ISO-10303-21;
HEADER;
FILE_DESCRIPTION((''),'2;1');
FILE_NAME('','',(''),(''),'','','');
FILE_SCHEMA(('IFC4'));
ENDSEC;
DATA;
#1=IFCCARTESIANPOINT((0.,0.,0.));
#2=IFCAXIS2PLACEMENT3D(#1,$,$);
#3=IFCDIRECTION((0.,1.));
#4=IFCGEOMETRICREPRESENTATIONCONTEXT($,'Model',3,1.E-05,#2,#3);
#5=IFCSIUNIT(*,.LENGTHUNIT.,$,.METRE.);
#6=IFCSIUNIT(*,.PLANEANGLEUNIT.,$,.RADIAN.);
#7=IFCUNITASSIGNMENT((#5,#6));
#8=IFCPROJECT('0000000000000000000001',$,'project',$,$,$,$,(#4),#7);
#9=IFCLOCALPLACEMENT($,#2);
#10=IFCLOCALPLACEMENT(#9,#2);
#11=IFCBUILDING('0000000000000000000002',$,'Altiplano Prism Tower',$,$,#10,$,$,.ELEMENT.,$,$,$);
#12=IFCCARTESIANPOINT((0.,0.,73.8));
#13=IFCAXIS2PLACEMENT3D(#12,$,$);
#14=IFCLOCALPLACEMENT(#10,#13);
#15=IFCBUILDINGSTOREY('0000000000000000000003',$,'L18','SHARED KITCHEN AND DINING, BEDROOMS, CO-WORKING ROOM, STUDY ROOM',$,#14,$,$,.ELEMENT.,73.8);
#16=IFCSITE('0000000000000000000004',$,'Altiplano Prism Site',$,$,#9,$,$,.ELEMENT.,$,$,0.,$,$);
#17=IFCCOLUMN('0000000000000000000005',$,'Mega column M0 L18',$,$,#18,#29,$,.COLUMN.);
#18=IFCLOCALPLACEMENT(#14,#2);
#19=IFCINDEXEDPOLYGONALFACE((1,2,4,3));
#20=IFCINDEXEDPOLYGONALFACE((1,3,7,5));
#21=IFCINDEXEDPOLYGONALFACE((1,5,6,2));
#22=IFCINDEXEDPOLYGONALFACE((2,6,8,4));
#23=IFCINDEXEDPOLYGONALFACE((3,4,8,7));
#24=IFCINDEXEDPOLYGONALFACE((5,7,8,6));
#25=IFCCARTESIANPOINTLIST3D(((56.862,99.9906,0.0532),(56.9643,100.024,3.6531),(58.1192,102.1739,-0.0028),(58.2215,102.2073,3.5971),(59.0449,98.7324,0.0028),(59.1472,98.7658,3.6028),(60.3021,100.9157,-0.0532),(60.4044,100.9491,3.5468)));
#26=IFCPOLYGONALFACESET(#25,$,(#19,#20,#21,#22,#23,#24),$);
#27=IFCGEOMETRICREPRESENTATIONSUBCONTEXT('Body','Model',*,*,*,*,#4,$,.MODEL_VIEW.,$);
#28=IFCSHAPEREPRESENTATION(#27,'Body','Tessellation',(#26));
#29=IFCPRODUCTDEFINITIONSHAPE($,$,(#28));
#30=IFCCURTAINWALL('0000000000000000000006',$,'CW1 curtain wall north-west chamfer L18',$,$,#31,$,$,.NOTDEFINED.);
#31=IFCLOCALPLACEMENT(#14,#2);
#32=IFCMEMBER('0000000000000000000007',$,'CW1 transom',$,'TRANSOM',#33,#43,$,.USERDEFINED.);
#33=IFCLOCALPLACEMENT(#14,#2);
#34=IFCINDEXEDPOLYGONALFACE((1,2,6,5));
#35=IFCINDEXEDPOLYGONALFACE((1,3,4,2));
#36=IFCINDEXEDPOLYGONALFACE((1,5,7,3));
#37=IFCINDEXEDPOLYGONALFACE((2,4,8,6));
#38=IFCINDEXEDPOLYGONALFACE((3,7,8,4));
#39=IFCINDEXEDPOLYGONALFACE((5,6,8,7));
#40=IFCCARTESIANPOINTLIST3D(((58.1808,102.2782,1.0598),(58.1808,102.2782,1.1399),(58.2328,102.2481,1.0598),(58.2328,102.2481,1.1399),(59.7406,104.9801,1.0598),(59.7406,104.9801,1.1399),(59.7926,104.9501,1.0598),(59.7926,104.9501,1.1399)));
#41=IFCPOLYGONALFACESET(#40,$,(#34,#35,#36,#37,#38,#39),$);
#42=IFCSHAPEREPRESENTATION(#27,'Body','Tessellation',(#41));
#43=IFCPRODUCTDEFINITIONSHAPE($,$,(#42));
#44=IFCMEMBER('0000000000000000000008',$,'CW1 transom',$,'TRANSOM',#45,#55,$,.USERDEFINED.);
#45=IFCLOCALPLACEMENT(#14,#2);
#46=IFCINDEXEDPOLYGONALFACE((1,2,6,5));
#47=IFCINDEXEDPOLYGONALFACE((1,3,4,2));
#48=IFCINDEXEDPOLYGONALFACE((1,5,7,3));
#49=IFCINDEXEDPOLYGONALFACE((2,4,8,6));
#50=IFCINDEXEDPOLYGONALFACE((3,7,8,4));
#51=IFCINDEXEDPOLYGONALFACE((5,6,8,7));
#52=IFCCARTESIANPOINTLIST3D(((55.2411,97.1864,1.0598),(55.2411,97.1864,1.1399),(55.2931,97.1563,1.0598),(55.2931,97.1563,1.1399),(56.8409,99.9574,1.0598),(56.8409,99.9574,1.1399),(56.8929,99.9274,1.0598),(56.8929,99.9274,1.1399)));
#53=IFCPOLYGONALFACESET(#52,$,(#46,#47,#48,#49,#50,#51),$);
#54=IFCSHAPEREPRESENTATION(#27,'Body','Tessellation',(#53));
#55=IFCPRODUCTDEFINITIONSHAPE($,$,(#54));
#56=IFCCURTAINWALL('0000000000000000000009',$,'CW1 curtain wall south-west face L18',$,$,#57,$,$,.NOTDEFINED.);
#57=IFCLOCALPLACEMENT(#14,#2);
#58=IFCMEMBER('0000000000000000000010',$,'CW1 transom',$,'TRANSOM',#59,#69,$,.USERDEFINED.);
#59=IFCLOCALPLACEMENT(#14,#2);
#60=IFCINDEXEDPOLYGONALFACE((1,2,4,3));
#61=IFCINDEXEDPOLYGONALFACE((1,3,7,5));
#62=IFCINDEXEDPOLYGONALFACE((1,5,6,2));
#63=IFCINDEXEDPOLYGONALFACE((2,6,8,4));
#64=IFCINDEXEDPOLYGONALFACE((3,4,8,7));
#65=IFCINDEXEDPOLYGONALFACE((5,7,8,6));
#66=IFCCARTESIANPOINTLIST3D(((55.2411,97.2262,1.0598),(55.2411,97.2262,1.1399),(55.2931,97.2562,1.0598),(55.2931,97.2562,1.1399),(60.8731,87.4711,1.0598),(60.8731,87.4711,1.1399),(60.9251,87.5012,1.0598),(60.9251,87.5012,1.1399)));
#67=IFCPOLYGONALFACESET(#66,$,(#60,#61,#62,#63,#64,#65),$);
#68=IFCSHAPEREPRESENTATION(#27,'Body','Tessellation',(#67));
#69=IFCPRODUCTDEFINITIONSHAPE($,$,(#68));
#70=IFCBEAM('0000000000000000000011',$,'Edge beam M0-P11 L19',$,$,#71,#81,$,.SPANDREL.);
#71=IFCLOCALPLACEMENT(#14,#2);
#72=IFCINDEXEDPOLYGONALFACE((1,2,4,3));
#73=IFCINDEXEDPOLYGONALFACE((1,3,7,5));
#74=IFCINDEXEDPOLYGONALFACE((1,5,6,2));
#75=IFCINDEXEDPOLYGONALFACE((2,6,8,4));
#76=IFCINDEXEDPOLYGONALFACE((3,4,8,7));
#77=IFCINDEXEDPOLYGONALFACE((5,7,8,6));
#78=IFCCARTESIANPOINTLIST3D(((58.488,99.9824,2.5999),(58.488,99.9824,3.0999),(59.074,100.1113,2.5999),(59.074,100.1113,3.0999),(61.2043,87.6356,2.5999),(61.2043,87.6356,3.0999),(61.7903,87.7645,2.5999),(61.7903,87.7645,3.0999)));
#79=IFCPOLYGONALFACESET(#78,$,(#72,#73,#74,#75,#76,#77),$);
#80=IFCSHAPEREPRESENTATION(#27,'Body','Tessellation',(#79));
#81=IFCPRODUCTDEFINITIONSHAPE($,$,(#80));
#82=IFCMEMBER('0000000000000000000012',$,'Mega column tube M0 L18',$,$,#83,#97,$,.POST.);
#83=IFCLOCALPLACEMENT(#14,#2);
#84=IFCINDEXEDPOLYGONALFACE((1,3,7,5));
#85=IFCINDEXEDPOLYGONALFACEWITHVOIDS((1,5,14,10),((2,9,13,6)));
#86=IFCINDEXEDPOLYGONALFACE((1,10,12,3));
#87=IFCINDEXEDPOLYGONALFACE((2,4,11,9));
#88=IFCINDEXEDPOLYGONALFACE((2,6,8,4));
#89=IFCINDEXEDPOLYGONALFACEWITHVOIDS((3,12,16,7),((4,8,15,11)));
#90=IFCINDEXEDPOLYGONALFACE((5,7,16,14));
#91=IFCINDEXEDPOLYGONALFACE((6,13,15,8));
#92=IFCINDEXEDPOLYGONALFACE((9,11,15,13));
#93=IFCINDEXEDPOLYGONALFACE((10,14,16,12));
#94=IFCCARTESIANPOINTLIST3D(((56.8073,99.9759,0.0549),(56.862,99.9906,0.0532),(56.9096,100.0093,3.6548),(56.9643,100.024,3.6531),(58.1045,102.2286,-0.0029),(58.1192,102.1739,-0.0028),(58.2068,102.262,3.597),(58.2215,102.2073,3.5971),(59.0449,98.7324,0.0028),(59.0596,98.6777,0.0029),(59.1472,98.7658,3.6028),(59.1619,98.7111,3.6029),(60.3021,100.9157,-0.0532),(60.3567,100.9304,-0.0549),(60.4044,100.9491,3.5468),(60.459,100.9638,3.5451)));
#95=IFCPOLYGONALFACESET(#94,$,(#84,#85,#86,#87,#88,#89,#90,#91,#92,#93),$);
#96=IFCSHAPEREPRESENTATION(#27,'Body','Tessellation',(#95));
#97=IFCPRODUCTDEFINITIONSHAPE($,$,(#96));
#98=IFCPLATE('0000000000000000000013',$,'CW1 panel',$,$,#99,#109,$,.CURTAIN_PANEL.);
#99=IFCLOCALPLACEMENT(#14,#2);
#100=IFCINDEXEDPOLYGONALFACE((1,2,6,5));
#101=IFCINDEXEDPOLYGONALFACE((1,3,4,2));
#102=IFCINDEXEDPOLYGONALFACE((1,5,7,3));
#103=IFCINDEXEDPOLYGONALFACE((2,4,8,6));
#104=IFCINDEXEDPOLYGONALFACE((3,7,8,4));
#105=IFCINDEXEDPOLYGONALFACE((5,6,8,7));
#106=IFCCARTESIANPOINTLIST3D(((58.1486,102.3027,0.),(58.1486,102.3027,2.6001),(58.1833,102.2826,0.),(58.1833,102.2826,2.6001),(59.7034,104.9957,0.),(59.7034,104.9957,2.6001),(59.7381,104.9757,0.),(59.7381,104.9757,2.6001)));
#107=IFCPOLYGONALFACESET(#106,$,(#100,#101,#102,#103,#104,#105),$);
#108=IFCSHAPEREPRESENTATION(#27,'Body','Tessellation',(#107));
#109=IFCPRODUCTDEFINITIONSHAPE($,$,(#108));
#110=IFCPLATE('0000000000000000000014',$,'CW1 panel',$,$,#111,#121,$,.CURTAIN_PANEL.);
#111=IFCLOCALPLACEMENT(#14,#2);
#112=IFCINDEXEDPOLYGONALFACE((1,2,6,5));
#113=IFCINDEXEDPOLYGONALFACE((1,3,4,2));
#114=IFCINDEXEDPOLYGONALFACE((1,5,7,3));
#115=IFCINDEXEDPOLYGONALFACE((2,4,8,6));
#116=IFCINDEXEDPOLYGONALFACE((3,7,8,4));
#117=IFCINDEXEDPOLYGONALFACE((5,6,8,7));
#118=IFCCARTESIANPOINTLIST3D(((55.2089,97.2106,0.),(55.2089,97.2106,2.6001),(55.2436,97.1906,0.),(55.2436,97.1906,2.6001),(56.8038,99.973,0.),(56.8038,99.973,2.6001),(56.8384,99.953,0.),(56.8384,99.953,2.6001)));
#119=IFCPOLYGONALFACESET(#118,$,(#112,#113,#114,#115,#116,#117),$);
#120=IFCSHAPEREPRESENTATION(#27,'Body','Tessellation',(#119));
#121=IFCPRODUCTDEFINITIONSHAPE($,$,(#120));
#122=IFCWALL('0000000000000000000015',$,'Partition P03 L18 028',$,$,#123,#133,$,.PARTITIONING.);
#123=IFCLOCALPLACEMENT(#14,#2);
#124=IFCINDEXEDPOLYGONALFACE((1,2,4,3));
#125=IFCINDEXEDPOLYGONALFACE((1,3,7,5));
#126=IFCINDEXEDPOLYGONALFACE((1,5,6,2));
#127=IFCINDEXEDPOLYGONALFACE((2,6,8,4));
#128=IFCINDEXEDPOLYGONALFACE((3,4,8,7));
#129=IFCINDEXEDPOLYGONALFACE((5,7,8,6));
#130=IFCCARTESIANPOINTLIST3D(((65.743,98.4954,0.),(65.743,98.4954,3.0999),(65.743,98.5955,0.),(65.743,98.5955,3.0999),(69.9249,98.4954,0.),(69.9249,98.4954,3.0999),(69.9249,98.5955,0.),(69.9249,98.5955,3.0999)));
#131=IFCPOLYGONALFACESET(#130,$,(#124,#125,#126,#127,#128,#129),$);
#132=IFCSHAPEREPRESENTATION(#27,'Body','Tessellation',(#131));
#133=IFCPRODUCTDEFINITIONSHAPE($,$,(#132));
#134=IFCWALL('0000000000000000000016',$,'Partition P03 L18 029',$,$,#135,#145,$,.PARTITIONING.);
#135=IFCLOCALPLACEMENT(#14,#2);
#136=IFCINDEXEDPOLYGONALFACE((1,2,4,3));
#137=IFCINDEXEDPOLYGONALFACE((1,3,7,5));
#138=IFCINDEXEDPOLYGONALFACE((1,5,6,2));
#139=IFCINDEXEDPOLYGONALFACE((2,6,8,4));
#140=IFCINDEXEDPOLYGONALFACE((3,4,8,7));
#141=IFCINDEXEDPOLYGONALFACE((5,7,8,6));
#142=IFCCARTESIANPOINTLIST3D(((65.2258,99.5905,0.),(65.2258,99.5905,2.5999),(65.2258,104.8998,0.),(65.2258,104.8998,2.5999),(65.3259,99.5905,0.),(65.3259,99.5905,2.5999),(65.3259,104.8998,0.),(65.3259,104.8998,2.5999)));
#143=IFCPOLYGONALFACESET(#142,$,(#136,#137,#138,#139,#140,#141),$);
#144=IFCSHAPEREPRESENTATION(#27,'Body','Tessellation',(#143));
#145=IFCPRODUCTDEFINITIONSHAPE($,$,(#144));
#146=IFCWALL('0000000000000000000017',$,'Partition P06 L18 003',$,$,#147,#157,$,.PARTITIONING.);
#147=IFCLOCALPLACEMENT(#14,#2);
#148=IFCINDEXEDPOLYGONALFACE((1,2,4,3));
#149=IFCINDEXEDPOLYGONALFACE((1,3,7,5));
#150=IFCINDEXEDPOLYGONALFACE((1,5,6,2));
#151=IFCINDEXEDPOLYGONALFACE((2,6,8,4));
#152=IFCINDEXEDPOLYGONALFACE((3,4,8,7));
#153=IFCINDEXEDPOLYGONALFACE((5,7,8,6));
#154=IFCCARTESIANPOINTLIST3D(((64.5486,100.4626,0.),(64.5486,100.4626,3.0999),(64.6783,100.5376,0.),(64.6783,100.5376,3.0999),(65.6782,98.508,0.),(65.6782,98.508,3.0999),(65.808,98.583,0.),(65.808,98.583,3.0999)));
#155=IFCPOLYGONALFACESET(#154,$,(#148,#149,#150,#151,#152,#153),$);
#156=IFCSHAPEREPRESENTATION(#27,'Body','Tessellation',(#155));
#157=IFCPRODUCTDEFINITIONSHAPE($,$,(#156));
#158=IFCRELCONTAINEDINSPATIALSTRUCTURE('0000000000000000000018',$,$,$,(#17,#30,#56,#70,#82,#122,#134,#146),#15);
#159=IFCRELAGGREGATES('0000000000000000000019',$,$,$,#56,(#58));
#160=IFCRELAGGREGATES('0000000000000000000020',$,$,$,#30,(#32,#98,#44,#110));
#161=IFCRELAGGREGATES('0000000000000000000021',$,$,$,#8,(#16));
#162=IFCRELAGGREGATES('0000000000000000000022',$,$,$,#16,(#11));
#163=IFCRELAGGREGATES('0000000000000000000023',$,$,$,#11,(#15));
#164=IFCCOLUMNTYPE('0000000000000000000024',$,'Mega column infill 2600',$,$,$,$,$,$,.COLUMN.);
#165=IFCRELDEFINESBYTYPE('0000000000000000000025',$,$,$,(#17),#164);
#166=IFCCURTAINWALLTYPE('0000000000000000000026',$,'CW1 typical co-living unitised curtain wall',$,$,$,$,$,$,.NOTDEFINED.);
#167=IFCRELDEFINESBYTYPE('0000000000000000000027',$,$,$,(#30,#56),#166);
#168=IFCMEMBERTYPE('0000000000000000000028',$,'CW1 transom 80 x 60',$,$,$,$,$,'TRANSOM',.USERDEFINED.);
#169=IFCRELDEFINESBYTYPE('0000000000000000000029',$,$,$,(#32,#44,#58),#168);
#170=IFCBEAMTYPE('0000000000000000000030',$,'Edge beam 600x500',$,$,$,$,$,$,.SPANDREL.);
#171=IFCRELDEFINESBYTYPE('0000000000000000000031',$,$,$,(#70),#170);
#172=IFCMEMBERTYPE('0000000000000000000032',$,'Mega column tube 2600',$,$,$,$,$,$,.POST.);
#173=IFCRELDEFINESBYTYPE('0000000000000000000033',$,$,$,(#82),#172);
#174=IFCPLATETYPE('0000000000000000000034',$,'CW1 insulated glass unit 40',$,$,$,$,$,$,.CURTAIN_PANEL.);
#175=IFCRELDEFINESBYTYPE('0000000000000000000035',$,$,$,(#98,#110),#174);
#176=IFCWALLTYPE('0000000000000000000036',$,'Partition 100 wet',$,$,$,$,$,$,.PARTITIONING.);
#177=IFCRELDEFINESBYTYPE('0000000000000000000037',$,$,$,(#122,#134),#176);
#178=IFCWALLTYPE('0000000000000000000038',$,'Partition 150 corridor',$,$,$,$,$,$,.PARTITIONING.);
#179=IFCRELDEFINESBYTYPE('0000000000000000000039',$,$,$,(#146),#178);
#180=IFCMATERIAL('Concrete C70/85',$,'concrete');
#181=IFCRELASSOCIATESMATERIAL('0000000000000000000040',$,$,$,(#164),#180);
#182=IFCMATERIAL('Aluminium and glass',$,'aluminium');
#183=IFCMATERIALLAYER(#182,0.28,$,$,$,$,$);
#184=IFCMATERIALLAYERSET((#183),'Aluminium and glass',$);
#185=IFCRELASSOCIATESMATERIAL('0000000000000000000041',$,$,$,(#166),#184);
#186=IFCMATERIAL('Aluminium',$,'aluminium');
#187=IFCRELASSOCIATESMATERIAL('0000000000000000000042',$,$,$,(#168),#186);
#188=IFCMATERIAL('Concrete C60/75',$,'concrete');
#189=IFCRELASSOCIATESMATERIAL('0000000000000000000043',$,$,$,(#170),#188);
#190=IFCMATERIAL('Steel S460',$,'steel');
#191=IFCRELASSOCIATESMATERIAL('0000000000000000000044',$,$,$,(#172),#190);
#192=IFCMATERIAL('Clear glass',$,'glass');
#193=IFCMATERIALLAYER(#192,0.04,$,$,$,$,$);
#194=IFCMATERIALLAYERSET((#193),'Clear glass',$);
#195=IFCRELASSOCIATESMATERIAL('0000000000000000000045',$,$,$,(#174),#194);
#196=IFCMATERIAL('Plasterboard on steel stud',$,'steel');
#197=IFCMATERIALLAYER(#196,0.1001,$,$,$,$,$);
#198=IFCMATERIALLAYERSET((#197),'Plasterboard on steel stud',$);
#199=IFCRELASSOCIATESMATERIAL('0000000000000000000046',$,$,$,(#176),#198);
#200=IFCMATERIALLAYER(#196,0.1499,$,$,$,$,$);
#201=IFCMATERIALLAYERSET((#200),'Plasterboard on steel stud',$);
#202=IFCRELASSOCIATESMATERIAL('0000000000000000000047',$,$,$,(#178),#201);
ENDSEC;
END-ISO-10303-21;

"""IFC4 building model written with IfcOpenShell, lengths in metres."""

from ifc_helpers import new_model, si_unit, direction, frame, frame_2d, origin, origin_2d, place, context, subcontext, project, spatial, rectangle, hollow_rectangle, extrude, material, layer, layer_set, material_profile, profile_set, type_object, element, aggregate, save


model = new_model("IFC4")

# Units and contexts
model_context = context("Model", 3, precision=1e-05, world=origin(), true_north=direction((0.0, 1.0)))
body_context = subcontext(model_context, "Body", "Model", "MODEL_VIEW")
ifc_project = project(units=[si_unit("LENGTHUNIT", "METRE"), si_unit("PLANEANGLEUNIT", "RADIAN")], contexts=[model_context])

# Site, building, storey
site_placement = place(None, origin())
site = spatial("IfcSite", under=ifc_project, at=site_placement, Name="Altiplano Prism Site", CompositionType="ELEMENT", RefElevation=0.0)
building_placement = place(site_placement, origin())
building = spatial("IfcBuilding", under=site, at=building_placement, Name="Altiplano Prism Tower", CompositionType="ELEMENT")
storey_placement = place(building_placement, frame((0.0, 0.0, 73.8)))
storey = spatial("IfcBuildingStorey", under=building, at=storey_placement, Name="L18", Description="SHARED KITCHEN AND DINING, BEDROOMS, CO-WORKING ROOM, STUDY ROOM", CompositionType="ELEMENT", Elevation=73.8)

# Column
ifc_material_1 = material(Name="Concrete C70/85", Category="concrete")
ifc_material_profile_1 = material_profile(ifc_material_1, rectangle(XDim=2.52, YDim=2.52, at=origin_2d()), Name="Mega column infill 2600")
ifc_profile_set_1 = profile_set([ifc_material_profile_1], Name="Concrete C70/85")
column_type = type_object("IfcColumnType", Name="Mega column infill 2600", PredefinedType="COLUMN", material=ifc_profile_set_1)
column_placement = place(storey_placement, frame((58.582, 100.4531, 0.0), z_axis=(0.028404, 0.009287, 0.999553), x_axis=(-0.866202, 0.499295, 0.019975)))
element("IfcColumn", 1, at=column_placement, inside=storey, type_object=column_type, Name="Mega column M0 L18", PredefinedType="COLUMN", context=body_context, shape_type="SweptSolid", body=[
    extrude(rectangle(XDim=2.52, YDim=2.52, at=origin_2d()), origin(), (0.0, 0.0, 1.0), 3.6016),
])

# Curtain wall, members
ifc_material_2 = material(Name="Aluminium and glass", Category="aluminium")
ifc_layer_1 = layer(ifc_material_2, 0.28)
ifc_layer_set_1 = layer_set([ifc_layer_1], Name="Aluminium and glass")
curtain_wall_type = type_object("IfcCurtainWallType", Name="CW1 typical co-living unitised curtain wall", PredefinedType="NOTDEFINED", material=ifc_layer_set_1)
curtain_wall_1_placement = place(storey_placement, origin())
curtain_wall_1 = element("IfcCurtainWall", 2, at=curtain_wall_1_placement, inside=storey, type_object=curtain_wall_type, Name="CW1 curtain wall north-west chamfer L18", PredefinedType="NOTDEFINED")
ifc_material_3 = material(Name="Aluminium", Category="aluminium")
ifc_material_profile_2 = material_profile(ifc_material_3, rectangle(XDim=0.0601, YDim=0.0801, at=origin_2d()), Name="CW1 transom 80 x 60")
ifc_profile_set_2 = profile_set([ifc_material_profile_2], Name="Aluminium")
member_type_1 = type_object("IfcMemberType", Name="CW1 transom 80 x 60", ElementType="TRANSOM", PredefinedType="USERDEFINED", material=ifc_profile_set_2)
member_1_placement = place(storey_placement, frame((59.7666, 104.9651, 1.0999), z_axis=(-0.499969, -0.866044, 0.0), x_axis=(0.866044, -0.499969, 0.0)))
member_1 = element("IfcMember", 3, at=member_1_placement, type_object=member_type_1, Name="CW1 transom", ObjectType="TRANSOM", PredefinedType="USERDEFINED", context=body_context, shape_type="SweptSolid", body=[
    extrude(rectangle(XDim=0.0601, YDim=0.0801, at=origin_2d()), origin(), (0.0, 0.0, 1.0), 3.1199),
])
member_2_placement = place(storey_placement, frame((56.8669, 99.9424, 1.0999), z_axis=(-0.500004, -0.866023, 0.0), x_axis=(0.866023, -0.500004, 0.0)))
member_2 = element("IfcMember", 4, at=member_2_placement, type_object=member_type_1, Name="CW1 transom", ObjectType="TRANSOM", PredefinedType="USERDEFINED", context=body_context, shape_type="SweptSolid", body=[
    extrude(rectangle(XDim=0.0601, YDim=0.0801, at=origin_2d()), origin(), (0.0, 0.0, 1.0), 3.1997),
])

# Curtain wall, member
curtain_wall_2_placement = place(storey_placement, origin())
curtain_wall_2 = element("IfcCurtainWall", 5, at=curtain_wall_2_placement, inside=storey, type_object=curtain_wall_type, Name="CW1 curtain wall south-west face L18", PredefinedType="NOTDEFINED")
member_3_placement = place(storey_placement, frame((55.2671, 97.2412, 1.0999), z_axis=(0.499997, -0.866027, 0.0), x_axis=(0.866027, 0.499997, 0.0)))
member_3 = element("IfcMember", 6, at=member_3_placement, type_object=member_type_1, Name="CW1 transom", ObjectType="TRANSOM", PredefinedType="USERDEFINED", context=body_context, shape_type="SweptSolid", body=[
    extrude(rectangle(XDim=0.0601, YDim=0.0801, at=origin_2d()), origin(), (0.0, 0.0, 1.0), 11.2642),
])
aggregate(curtain_wall_2, [member_3])

# Beam
ifc_material_4 = material(Name="Concrete C60/75", Category="concrete")
ifc_material_profile_3 = material_profile(ifc_material_4, rectangle(XDim=0.6001, YDim=0.5, at=origin_2d()), Name="Edge beam 600x500")
ifc_profile_set_3 = profile_set([ifc_material_profile_3], Name="Concrete C60/75")
beam_type = type_object("IfcBeamType", Name="Edge beam 600x500", PredefinedType="SPANDREL", material=ifc_profile_set_3)
beam_placement = place(storey_placement, frame((58.781, 100.0469, 2.8499), z_axis=(0.214861, -0.976645, 0.0), x_axis=(0.976645, 0.214861, 0.0)))
element("IfcBeam", 7, at=beam_placement, inside=storey, type_object=beam_type, Name="Edge beam M0-P11 L19", PredefinedType="SPANDREL", context=body_context, shape_type="SweptSolid", body=[
    extrude(rectangle(XDim=0.6001, YDim=0.5, at=origin_2d()), origin(), (0.0, 0.0, 1.0), 12.6421),
])

# Member
ifc_material_5 = material(Name="Steel S460", Category="steel")
ifc_material_profile_4 = material_profile(ifc_material_5, hollow_rectangle(XDim=2.6001, YDim=2.6001, WallThickness=0.04, at=origin_2d()), Name="Mega column tube 2600")
ifc_profile_set_4 = profile_set([ifc_material_profile_4], Name="Steel S460")
member_type_2 = type_object("IfcMemberType", Name="Mega column tube 2600", PredefinedType="POST", material=ifc_profile_set_4)
member_4_placement = place(storey_placement, frame((58.582, 100.4531, 0.0), z_axis=(0.028404, 0.009287, 0.999553), x_axis=(-0.866202, 0.499295, 0.019975)))
element("IfcMember", 8, at=member_4_placement, inside=storey, type_object=member_type_2, Name="Mega column tube M0 L18", PredefinedType="POST", context=body_context, shape_type="SweptSolid", body=[
    extrude(hollow_rectangle(XDim=2.6001, YDim=2.6001, WallThickness=0.04, at=origin_2d()), origin(), (0.0, 0.0, 1.0), 3.6016),
])

# Plates
ifc_material_6 = material(Name="Clear glass", Category="glass")
ifc_layer_2 = layer(ifc_material_6, 0.04)
ifc_layer_set_2 = layer_set([ifc_layer_2], Name="Clear glass")
plate_type = type_object("IfcPlateType", Name="CW1 insulated glass unit 40", PredefinedType="CURTAIN_PANEL", material=ifc_layer_set_2)
plate_1_placement = place(storey_placement, frame((58.9434, 103.6392, 0.0), z_axis=(0.0, 0.0, 1.0), x_axis=(-0.5, -0.866025, 0.0)))
plate_1 = element("IfcPlate", 9, at=plate_1_placement, type_object=plate_type, Name="CW1 panel", PredefinedType="CURTAIN_PANEL", context=body_context, shape_type="SweptSolid", body=[
    extrude(rectangle(XDim=3.1096, YDim=0.04, at=origin_2d()), origin(), (0.0, 0.0, 1.0), 2.6001),
])
plate_2_placement = place(storey_placement, frame((56.0237, 98.5818, 0.0), z_axis=(0.0, 0.0, 1.0), x_axis=(-0.5, -0.866025, 0.0)))
plate_2 = element("IfcPlate", 10, at=plate_2_placement, type_object=plate_type, Name="CW1 panel", PredefinedType="CURTAIN_PANEL", context=body_context, shape_type="SweptSolid", body=[
    extrude(rectangle(XDim=3.1897, YDim=0.04, at=origin_2d()), origin(), (0.0, 0.0, 1.0), 2.6001),
])
aggregate(curtain_wall_1, [member_1, plate_1, member_2, plate_2])

# Walls
ifc_material_7 = material(Name="Plasterboard on steel stud", Category="steel")
ifc_layer_3 = layer(ifc_material_7, 0.1001)
ifc_layer_set_3 = layer_set([ifc_layer_3], Name="Plasterboard on steel stud")
wall_type_1 = type_object("IfcWallType", Name="Partition 100 wet", PredefinedType="PARTITIONING", material=ifc_layer_set_3)
wall_1_placement = place(storey_placement, frame((65.7432, 98.5454, 0.0), z_axis=(0.0, 0.0, 1.0), x_axis=(1.0, 0.0, 0.0)))
element("IfcWall", 11, at=wall_1_placement, inside=storey, type_object=wall_type_1, Name="Partition P03 L18 028", PredefinedType="PARTITIONING", context=body_context, shape_type="SweptSolid", body=[
    extrude(rectangle(XDim=4.1819, YDim=0.1001, at=frame_2d((2.0908, 0.0))), origin(), (0.0, 0.0, 1.0), 3.0999),
])
wall_2_placement = place(storey_placement, frame((65.2759, 104.8999, 0.0), z_axis=(0.0, 0.0, 1.0), x_axis=(0.0, -1.0, 0.0)))
element("IfcWall", 12, at=wall_2_placement, inside=storey, type_object=wall_type_1, Name="Partition P03 L18 029", PredefinedType="PARTITIONING", context=body_context, shape_type="SweptSolid", body=[
    extrude(rectangle(XDim=5.3093, YDim=0.1001, at=frame_2d((2.6548, 0.0))), origin(), (0.0, 0.0, 1.0), 2.5999),
])
ifc_layer_4 = layer(ifc_material_7, 0.1499)
ifc_layer_set_4 = layer_set([ifc_layer_4], Name="Plasterboard on steel stud")
wall_type_2 = type_object("IfcWallType", Name="Partition 150 corridor", PredefinedType="PARTITIONING", material=ifc_layer_set_4)
wall_3_placement = place(storey_placement, frame((65.7432, 98.5454, 0.0), z_axis=(0.0, 0.0, 1.0), x_axis=(-0.500384, 0.865804, 0.0)))
element("IfcWall", 13, at=wall_3_placement, inside=storey, type_object=wall_type_2, Name="Partition P06 L18 003", PredefinedType="PARTITIONING", context=body_context, shape_type="SweptSolid", body=[
    extrude(rectangle(XDim=2.2576, YDim=0.1499, at=frame_2d((1.1289, 0.0))), origin(), (0.0, 0.0, 1.0), 3.0999),
])

save(model, "model.ifc")
